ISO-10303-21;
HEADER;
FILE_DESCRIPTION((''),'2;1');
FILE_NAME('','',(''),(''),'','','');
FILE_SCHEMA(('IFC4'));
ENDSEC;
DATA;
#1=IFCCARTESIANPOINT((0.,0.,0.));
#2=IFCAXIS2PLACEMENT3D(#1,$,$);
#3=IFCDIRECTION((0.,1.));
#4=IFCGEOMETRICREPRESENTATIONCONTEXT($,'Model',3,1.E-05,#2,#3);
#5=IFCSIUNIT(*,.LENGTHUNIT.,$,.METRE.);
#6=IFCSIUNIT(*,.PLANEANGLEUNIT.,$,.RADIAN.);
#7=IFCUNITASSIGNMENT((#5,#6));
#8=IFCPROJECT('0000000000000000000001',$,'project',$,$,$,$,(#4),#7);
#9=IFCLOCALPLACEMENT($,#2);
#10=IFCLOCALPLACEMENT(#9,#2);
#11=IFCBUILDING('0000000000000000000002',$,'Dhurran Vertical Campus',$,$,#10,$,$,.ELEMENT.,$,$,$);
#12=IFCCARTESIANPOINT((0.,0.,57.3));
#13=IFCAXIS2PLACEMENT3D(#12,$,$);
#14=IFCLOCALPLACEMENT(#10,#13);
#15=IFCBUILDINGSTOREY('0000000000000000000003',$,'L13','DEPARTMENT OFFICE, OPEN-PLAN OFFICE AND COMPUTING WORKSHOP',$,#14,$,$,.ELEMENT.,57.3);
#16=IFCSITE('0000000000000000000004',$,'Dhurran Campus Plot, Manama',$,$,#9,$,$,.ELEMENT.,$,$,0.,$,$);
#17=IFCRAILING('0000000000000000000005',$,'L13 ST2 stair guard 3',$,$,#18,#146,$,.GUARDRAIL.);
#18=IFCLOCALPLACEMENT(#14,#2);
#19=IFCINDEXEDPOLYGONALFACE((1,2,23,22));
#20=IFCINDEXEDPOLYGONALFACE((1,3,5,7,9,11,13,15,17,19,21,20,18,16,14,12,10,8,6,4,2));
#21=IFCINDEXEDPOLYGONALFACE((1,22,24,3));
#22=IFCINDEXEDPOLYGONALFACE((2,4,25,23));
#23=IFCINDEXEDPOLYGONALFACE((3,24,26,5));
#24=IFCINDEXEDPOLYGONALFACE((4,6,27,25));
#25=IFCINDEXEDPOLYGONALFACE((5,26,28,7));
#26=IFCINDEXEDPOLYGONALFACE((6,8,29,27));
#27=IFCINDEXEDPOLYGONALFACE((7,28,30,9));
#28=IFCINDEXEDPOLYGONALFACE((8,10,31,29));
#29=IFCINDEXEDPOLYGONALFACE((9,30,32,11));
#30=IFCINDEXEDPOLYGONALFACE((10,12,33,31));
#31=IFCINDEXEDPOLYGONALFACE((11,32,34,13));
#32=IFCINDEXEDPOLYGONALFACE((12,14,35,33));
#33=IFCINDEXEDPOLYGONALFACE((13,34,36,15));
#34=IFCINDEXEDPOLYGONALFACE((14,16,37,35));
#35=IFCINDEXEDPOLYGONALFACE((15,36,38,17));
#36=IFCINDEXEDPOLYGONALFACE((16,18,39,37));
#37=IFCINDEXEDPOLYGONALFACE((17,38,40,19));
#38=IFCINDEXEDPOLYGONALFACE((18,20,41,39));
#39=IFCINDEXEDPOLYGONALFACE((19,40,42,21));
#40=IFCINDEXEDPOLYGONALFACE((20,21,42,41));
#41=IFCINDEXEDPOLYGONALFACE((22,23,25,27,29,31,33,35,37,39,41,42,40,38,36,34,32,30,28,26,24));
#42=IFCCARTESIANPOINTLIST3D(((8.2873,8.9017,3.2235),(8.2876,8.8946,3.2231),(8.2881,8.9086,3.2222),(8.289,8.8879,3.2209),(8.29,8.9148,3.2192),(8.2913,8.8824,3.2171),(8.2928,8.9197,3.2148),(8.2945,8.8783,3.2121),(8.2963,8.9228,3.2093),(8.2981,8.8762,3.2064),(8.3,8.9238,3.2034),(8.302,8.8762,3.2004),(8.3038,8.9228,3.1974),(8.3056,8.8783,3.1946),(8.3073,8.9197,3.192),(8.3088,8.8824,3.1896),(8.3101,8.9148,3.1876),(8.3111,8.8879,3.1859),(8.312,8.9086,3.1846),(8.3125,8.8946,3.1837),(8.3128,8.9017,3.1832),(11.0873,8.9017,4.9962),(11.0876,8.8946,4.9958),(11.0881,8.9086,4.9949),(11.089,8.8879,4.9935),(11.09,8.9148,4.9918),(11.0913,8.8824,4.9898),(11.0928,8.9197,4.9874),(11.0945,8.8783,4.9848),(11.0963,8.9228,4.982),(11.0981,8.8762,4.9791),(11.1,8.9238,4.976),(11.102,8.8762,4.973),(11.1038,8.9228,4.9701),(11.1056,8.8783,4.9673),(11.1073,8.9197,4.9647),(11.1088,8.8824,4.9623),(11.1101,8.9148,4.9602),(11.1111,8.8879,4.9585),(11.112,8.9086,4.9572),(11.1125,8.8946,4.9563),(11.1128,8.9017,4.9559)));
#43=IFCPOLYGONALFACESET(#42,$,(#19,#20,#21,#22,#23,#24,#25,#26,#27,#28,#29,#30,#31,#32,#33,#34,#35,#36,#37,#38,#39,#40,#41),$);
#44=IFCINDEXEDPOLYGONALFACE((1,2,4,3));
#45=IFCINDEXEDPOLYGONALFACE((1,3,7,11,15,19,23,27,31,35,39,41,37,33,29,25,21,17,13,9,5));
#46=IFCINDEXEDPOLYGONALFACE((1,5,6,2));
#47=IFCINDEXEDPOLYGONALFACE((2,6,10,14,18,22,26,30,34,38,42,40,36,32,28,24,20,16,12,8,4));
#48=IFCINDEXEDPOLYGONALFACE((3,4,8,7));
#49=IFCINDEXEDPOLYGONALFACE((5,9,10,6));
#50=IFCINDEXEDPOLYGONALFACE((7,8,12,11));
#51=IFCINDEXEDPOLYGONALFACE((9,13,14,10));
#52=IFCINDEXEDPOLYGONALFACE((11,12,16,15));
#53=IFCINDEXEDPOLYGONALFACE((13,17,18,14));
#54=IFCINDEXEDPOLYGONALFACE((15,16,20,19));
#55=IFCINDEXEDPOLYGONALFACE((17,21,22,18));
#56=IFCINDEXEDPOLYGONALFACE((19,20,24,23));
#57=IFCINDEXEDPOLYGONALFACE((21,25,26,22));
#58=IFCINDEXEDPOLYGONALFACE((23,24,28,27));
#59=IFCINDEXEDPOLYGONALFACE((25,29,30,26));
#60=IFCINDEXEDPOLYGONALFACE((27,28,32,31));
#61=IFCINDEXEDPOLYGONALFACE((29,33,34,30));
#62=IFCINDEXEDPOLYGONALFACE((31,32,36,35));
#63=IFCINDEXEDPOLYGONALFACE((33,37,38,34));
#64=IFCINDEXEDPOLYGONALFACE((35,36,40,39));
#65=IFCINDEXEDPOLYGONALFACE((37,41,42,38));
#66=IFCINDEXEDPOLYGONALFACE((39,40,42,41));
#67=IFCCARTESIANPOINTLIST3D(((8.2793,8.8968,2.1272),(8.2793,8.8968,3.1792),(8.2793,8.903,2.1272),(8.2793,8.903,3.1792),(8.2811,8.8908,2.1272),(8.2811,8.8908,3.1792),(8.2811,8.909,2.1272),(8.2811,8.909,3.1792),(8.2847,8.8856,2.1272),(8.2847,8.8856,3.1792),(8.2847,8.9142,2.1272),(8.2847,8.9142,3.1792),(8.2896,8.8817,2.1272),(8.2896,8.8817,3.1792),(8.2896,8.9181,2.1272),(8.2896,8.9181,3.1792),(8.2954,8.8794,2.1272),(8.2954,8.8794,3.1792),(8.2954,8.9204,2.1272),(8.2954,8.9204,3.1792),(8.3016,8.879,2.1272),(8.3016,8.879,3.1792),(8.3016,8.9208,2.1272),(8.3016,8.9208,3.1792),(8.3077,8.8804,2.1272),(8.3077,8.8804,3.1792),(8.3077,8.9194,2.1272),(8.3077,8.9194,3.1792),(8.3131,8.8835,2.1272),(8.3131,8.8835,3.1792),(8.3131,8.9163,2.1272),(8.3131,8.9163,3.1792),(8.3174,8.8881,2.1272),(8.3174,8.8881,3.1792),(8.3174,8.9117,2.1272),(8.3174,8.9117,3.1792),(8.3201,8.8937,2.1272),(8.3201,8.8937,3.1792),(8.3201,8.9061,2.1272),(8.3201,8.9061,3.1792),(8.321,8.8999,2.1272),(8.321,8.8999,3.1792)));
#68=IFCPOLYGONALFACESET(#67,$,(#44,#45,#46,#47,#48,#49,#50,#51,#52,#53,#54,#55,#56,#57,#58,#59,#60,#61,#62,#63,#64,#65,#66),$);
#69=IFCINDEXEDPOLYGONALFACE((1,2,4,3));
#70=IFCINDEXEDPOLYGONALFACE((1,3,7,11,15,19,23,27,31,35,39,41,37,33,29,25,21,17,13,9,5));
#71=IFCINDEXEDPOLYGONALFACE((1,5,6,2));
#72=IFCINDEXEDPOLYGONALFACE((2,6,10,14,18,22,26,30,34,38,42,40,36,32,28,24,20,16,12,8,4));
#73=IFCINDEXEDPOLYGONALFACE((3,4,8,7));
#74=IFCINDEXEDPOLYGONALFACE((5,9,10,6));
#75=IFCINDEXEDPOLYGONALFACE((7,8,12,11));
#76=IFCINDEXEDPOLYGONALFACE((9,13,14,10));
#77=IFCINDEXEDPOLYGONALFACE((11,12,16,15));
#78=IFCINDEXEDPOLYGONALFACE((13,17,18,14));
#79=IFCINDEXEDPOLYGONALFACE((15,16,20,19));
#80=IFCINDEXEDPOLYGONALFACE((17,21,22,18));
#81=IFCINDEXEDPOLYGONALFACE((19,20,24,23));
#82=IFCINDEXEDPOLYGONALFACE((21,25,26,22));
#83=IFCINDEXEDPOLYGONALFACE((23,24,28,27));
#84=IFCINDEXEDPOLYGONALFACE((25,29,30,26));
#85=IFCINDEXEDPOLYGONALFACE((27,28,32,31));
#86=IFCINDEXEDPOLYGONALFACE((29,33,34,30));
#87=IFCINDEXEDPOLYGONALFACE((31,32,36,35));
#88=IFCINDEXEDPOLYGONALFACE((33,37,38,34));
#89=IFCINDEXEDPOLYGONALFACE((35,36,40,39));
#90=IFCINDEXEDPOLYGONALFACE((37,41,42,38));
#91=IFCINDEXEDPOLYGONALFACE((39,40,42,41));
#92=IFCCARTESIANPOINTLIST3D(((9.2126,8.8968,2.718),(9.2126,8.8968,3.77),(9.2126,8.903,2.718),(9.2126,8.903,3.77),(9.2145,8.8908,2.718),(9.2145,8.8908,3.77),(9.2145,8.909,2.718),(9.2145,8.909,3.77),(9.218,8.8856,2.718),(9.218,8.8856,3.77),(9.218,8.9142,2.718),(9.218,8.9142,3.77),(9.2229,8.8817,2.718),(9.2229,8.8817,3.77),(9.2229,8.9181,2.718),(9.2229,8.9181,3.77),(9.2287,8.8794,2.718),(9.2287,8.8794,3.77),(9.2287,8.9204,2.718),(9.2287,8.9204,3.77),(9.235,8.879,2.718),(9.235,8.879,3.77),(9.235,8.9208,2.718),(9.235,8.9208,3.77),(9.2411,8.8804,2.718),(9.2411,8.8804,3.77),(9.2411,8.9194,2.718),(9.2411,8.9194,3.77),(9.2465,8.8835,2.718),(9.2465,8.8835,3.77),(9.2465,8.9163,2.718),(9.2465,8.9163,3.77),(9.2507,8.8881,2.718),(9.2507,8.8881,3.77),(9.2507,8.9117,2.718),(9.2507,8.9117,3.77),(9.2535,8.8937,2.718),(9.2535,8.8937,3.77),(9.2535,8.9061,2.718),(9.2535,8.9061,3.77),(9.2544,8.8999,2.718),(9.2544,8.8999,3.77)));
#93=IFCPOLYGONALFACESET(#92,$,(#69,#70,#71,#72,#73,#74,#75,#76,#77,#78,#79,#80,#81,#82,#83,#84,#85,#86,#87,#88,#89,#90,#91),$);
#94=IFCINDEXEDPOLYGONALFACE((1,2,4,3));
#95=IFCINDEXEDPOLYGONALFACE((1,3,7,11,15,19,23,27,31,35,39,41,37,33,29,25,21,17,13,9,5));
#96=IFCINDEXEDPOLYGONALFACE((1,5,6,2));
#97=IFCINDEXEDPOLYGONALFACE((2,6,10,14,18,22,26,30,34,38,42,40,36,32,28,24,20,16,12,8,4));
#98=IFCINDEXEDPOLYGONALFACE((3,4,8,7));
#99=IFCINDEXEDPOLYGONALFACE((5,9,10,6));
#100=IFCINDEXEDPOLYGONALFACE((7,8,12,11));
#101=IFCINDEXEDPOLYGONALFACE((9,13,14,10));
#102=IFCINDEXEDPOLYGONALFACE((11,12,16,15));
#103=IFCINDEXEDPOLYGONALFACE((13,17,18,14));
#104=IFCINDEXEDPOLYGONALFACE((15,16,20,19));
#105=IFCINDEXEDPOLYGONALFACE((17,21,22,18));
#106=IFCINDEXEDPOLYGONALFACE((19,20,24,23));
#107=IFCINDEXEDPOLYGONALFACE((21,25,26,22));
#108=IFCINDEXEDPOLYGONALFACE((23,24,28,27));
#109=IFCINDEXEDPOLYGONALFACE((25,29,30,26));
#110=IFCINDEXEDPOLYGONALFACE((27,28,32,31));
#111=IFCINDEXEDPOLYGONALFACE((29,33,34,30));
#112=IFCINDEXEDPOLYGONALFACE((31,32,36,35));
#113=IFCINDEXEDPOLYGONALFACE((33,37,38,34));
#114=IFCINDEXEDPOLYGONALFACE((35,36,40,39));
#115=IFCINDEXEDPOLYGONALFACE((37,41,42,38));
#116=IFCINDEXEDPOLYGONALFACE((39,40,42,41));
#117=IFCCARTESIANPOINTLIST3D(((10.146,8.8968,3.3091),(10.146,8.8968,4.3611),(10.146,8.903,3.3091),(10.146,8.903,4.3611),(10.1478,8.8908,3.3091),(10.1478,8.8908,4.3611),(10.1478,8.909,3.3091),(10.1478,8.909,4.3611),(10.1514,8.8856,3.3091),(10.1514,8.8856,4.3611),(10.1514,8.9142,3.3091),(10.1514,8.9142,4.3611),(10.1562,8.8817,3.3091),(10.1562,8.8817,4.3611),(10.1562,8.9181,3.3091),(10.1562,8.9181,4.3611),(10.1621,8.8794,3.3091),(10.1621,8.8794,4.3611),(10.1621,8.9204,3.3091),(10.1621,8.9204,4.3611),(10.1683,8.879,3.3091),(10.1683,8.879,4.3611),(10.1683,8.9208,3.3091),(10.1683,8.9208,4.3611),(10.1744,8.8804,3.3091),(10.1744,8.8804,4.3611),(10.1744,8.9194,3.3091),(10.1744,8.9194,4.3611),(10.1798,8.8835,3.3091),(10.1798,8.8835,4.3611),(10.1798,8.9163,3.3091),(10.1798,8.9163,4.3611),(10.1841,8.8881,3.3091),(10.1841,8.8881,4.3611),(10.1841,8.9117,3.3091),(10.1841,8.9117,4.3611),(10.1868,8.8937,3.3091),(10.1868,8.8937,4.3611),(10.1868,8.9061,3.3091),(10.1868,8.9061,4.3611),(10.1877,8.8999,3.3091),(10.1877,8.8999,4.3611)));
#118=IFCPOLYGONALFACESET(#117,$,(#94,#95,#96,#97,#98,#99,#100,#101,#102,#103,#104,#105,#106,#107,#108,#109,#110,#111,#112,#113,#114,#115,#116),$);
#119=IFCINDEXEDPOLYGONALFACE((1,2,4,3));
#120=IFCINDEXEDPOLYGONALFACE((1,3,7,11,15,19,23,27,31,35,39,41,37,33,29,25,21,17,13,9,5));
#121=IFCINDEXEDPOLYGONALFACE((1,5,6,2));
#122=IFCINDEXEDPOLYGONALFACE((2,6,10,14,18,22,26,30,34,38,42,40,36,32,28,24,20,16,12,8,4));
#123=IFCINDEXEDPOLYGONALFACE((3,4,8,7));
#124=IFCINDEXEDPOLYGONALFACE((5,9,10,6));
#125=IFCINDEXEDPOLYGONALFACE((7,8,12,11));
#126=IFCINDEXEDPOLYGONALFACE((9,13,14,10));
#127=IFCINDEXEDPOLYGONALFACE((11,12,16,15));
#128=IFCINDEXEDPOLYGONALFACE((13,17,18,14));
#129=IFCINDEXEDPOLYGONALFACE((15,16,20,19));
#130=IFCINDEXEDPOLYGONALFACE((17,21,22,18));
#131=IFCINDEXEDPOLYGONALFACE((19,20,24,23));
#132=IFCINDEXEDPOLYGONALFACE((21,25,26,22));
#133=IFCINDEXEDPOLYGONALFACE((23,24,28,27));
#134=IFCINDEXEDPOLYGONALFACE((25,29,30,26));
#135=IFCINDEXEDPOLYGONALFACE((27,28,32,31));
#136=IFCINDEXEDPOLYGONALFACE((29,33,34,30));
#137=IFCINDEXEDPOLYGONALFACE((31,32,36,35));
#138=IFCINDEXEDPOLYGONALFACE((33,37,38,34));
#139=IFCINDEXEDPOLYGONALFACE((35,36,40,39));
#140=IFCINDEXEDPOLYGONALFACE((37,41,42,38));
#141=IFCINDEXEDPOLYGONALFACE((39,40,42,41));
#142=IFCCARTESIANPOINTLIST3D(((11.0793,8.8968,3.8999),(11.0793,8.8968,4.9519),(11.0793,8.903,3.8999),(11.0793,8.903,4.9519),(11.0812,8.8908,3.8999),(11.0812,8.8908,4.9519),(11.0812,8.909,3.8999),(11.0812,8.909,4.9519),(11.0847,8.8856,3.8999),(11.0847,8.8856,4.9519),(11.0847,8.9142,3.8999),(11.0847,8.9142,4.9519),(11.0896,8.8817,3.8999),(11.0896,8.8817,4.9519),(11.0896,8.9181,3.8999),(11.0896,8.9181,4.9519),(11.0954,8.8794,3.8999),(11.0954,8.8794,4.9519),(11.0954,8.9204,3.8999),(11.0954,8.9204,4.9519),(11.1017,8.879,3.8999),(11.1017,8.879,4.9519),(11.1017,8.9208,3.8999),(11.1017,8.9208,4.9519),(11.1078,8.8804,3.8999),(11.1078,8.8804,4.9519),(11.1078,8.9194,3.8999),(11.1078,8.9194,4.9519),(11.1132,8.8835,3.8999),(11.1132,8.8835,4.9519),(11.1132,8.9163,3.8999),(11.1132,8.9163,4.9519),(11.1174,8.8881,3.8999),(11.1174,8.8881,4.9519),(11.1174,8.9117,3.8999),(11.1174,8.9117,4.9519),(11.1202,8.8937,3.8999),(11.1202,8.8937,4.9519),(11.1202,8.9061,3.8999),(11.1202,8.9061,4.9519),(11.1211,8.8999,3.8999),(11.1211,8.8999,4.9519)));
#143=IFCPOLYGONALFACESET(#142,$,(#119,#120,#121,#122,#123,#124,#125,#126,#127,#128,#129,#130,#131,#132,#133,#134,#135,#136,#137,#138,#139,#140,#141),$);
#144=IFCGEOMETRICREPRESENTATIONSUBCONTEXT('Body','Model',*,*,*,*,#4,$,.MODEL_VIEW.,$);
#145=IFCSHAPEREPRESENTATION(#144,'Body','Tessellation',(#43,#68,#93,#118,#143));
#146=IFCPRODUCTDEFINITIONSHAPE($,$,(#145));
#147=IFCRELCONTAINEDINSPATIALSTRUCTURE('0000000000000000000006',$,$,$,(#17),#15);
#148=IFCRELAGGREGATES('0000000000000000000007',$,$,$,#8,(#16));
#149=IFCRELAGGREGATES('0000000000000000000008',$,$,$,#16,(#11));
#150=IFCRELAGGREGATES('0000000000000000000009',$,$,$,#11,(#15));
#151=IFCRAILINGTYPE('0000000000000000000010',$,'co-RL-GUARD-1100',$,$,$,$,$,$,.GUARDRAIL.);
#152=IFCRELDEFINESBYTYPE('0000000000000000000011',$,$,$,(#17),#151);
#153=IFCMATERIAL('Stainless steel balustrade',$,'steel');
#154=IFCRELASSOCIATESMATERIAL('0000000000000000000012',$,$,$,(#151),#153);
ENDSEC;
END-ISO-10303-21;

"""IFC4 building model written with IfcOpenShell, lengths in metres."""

from ifc_helpers import new_model, si_unit, direction, frame, origin, origin_2d, place, context, subcontext, project, spatial, circle, extrude, material, type_object, element, save


model = new_model("IFC4")

# Units and contexts
model_context = context("Model", 3, precision=1e-05, world=origin(), true_north=direction((0.0, 1.0)))
body_context = subcontext(model_context, "Body", "Model", "MODEL_VIEW")
ifc_project = project(units=[si_unit("LENGTHUNIT", "METRE"), si_unit("PLANEANGLEUNIT", "RADIAN")], contexts=[model_context])

# Site, building, storey
site_placement = place(None, origin())
site = spatial("IfcSite", under=ifc_project, at=site_placement, Name="Dhurran Campus Plot, Manama", CompositionType="ELEMENT", RefElevation=0.0)
building_placement = place(site_placement, origin())
building = spatial("IfcBuilding", under=site, at=building_placement, Name="Dhurran Vertical Campus", CompositionType="ELEMENT")
storey_placement = place(building_placement, frame((0.0, 0.0, 57.3)))
storey = spatial("IfcBuildingStorey", under=building, at=storey_placement, Name="L13", Description="DEPARTMENT OFFICE, OPEN-PLAN OFFICE AND COMPUTING WORKSHOP", CompositionType="ELEMENT", Elevation=57.3)

# Railing
ifc_material_1 = material(Name="Stainless steel balustrade", Category="steel")
railing_type_1 = type_object("IfcRailingType", Name="co-RL-GUARD-1100", PredefinedType="GUARDRAIL", material=ifc_material_1)
railing_1_placement = place(storey_placement, frame((8.3, 8.8999, 2.1272)))
element("IfcRailing", 1, at=railing_1_placement, inside=storey, type_object=railing_type_1, Name="L13 ST2 stair guard 3", PredefinedType="GUARDRAIL", context=body_context, shape_type="SweptSolid", body=[
    extrude(circle(Radius=0.0239, at=origin_2d()), frame((0.0, 0.0, 1.0762), z_axis=(0.844909, 0.0, 0.53491), x_axis=(0.0, 1.0, 0.0)), (0.0, 0.0, 1.0), 3.314),
    extrude(circle(Radius=0.021, at=origin_2d()), origin(), (0.0, 0.0, 1.0), 1.052),
    extrude(circle(Radius=0.021, at=origin_2d()), frame((0.9333, 0.0, 0.5908)), (0.0, 0.0, 1.0), 1.052),
    extrude(circle(Radius=0.021, at=origin_2d()), frame((1.8667, 0.0, 1.1819)), (0.0, 0.0, 1.0), 1.052),
    extrude(circle(Radius=0.021, at=origin_2d()), frame((2.8, 0.0, 1.7727)), (0.0, 0.0, 1.0), 1.052),
])

save(model, "model.ifc")
